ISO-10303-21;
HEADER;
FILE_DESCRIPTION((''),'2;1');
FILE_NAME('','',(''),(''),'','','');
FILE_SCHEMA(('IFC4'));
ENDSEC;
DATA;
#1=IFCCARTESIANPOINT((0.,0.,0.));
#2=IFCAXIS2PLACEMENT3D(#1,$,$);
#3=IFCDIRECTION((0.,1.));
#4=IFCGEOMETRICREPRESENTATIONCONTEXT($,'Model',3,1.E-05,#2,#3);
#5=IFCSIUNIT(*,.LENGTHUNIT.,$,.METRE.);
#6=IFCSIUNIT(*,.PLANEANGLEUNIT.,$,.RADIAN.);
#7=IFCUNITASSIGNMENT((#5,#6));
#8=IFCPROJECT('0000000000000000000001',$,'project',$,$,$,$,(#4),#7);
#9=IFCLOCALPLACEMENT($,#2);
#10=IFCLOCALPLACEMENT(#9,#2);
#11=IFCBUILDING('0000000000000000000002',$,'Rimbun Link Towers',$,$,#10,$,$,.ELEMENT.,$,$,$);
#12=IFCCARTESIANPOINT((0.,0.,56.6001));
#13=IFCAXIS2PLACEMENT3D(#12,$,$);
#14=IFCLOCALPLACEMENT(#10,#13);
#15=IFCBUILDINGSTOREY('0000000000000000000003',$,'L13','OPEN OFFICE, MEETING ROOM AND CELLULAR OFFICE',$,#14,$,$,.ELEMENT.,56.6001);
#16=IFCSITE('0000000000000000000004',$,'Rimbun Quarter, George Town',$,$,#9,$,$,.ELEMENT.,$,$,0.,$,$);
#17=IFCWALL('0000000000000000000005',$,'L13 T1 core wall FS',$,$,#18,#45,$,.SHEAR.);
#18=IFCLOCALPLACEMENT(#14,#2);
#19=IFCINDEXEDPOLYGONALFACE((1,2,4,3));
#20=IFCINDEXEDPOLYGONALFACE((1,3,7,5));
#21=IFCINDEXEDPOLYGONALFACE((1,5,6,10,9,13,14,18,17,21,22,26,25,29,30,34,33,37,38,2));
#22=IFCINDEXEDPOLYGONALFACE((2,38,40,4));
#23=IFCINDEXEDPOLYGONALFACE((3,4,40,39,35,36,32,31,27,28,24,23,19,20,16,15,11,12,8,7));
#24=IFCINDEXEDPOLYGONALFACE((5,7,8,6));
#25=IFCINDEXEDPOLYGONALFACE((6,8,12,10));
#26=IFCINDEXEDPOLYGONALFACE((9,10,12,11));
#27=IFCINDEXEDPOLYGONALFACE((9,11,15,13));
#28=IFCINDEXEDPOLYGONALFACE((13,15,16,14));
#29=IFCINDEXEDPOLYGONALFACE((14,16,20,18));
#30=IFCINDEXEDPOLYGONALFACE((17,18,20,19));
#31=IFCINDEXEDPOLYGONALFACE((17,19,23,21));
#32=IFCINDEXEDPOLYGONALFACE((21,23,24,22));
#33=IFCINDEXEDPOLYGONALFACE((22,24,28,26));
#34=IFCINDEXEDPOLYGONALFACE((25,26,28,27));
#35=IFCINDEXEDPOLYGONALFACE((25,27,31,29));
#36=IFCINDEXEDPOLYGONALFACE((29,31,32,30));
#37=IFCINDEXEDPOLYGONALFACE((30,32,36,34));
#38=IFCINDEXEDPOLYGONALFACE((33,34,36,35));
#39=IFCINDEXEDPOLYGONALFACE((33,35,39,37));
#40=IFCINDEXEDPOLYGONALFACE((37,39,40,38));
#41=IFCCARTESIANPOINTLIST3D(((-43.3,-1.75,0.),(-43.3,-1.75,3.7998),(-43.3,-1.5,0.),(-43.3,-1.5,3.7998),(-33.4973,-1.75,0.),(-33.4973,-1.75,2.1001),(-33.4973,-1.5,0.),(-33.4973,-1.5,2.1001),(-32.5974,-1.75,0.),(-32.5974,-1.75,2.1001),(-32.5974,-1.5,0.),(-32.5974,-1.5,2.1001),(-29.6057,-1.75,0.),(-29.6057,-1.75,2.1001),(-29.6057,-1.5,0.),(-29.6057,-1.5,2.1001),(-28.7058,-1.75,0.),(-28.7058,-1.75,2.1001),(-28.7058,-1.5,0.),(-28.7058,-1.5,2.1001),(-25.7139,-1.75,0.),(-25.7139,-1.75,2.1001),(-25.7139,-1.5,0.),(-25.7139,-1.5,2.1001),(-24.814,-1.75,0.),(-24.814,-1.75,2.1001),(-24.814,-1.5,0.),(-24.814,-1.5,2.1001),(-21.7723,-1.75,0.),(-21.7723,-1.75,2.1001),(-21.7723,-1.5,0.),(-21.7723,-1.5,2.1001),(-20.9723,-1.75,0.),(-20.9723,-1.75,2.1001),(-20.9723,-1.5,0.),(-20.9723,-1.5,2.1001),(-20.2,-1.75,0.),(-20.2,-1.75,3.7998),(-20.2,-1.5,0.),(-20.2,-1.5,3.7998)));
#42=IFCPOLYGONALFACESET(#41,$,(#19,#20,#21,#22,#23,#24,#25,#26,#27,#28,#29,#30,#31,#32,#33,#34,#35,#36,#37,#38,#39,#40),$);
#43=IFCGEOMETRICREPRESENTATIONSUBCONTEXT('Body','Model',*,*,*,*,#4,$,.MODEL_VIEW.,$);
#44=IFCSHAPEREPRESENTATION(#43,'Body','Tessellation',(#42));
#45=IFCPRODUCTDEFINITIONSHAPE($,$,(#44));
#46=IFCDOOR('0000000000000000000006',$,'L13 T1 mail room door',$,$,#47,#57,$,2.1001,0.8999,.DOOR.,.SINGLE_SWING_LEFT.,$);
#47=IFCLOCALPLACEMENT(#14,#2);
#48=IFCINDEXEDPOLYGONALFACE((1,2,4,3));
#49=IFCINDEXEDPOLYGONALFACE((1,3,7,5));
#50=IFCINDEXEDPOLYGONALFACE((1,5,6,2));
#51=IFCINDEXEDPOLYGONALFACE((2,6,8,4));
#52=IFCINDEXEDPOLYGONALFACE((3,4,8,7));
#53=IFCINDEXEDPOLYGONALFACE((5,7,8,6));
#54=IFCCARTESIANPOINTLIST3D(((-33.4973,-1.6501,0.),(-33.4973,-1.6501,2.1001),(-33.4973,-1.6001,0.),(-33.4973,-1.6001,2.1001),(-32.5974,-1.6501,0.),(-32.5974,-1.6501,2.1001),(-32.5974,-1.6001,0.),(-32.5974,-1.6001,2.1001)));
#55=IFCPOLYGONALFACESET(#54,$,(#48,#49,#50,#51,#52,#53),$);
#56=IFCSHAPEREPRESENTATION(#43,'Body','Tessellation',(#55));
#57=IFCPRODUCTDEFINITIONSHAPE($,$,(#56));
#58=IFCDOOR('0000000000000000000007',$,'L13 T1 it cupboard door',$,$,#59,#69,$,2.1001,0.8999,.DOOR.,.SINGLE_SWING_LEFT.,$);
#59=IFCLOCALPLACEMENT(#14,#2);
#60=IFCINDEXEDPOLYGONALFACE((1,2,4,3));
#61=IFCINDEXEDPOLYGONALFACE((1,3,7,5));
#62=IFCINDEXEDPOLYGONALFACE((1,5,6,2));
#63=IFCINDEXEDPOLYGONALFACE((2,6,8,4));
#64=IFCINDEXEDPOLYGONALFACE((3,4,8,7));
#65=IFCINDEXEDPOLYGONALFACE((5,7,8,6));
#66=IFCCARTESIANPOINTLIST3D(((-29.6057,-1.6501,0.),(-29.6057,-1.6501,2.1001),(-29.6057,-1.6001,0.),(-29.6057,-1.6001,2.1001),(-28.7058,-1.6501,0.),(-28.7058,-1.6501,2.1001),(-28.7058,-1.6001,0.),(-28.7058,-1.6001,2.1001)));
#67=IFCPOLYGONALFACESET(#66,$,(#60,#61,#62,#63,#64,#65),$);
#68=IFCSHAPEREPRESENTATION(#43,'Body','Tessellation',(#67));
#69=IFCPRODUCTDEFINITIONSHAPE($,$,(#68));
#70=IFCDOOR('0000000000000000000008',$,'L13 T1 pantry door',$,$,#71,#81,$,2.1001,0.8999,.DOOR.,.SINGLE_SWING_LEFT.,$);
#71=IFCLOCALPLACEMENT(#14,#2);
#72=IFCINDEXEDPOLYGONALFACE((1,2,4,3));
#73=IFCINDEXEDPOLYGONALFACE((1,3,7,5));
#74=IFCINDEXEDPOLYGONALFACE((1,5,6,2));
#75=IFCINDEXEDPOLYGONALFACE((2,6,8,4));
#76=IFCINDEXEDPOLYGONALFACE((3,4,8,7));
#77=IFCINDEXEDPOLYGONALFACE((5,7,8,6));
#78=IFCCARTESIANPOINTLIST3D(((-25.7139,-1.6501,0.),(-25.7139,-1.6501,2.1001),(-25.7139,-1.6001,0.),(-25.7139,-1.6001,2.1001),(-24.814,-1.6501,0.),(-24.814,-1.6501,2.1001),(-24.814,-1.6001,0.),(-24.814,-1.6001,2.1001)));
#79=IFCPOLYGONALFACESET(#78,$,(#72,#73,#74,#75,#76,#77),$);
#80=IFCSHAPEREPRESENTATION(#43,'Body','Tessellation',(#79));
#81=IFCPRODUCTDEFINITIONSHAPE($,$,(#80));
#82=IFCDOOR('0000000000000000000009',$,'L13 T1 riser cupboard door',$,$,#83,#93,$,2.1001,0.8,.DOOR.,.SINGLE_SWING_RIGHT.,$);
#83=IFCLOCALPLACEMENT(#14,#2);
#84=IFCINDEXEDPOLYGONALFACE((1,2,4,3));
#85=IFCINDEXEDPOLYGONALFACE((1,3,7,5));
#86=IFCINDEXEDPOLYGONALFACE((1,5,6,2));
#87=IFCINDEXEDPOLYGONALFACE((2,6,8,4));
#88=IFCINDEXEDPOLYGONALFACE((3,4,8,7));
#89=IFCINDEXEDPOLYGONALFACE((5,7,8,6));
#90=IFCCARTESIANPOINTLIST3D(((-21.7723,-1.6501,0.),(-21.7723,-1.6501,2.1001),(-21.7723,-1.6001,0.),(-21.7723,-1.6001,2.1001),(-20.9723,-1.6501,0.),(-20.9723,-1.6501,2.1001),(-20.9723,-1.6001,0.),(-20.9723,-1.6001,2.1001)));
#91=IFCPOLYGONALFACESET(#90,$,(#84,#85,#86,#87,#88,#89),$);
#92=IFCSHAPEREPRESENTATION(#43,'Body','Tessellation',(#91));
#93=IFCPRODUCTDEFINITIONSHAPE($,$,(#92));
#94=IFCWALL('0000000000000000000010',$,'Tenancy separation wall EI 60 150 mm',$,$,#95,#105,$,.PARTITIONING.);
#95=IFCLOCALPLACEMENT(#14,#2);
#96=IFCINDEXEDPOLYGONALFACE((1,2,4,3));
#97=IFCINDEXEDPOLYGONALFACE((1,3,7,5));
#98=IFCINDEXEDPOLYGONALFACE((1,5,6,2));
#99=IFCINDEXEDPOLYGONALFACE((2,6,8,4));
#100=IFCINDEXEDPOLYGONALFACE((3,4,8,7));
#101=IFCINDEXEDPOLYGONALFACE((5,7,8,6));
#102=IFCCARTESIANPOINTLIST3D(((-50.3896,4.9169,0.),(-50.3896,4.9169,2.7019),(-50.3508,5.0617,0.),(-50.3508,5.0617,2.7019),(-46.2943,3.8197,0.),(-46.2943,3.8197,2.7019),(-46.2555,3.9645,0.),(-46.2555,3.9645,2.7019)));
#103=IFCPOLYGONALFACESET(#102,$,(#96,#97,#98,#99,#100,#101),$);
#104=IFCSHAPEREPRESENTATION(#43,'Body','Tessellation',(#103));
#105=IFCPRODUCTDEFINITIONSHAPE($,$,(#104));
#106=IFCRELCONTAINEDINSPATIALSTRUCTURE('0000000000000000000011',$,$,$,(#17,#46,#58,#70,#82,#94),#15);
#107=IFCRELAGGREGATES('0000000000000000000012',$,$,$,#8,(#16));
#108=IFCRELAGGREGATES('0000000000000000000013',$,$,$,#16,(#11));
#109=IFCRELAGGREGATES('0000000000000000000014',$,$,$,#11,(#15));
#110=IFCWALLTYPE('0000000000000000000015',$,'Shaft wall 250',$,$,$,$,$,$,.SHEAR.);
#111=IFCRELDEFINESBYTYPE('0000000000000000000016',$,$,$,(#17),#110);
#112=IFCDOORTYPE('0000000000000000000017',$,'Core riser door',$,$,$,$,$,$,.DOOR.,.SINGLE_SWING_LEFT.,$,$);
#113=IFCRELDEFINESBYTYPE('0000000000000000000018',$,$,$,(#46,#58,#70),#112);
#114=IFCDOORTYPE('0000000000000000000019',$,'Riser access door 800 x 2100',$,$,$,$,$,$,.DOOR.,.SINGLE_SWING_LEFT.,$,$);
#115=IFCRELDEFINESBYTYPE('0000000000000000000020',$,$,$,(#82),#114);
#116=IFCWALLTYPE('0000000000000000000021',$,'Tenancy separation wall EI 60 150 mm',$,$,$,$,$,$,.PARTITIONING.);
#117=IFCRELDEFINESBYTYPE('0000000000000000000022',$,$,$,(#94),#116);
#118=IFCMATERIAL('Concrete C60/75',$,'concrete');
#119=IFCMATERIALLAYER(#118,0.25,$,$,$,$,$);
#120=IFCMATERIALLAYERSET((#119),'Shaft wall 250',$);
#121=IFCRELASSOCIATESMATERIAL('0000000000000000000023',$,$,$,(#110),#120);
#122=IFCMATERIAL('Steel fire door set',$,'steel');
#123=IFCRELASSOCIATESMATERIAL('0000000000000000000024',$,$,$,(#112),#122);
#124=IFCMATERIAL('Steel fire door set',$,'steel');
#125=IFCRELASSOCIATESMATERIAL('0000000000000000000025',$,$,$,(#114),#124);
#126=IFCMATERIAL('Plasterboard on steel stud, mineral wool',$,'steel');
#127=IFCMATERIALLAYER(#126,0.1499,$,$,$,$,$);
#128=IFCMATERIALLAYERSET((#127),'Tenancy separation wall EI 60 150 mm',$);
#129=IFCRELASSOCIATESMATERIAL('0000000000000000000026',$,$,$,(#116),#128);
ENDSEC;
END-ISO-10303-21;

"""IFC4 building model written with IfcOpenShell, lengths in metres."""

from ifc_helpers import new_model, si_unit, direction, frame, frame_2d, origin, place, context, subcontext, project, spatial, rectangle, extrude, material, layer, layer_set, type_object, element, fill, save


model = new_model("IFC4")

# Units and contexts
model_context = context("Model", 3, precision=1e-05, world=origin(), true_north=direction((0.0, 1.0)))
body_context = subcontext(model_context, "Body", "Model", "MODEL_VIEW")
ifc_project = project(units=[si_unit("LENGTHUNIT", "METRE"), si_unit("PLANEANGLEUNIT", "RADIAN")], contexts=[model_context])

# Site, building, storey
site_placement = place(None, origin())
site = spatial("IfcSite", under=ifc_project, at=site_placement, Name="Rimbun Quarter, George Town", CompositionType="ELEMENT", RefElevation=0.0)
building_placement = place(site_placement, origin())
building = spatial("IfcBuilding", under=site, at=building_placement, Name="Rimbun Link Towers", CompositionType="ELEMENT")
storey_placement = place(building_placement, frame((0.0, 0.0, 56.6001)))
storey = spatial("IfcBuildingStorey", under=building, at=storey_placement, Name="L13", Description="OPEN OFFICE, MEETING ROOM AND CELLULAR OFFICE", CompositionType="ELEMENT", Elevation=56.6001)

# Wall, openings, doors
ifc_material_1 = material(Name="Concrete C60/75", Category="concrete")
ifc_layer_1 = layer(ifc_material_1, 0.25)
ifc_layer_set_1 = layer_set([ifc_layer_1], Name="Shaft wall 250")
wall_type_1 = type_object("IfcWallType", Name="Shaft wall 250", PredefinedType="SHEAR", material=ifc_layer_set_1)
wall_1_placement = place(storey_placement, frame((-43.3, -1.625, 0.0), z_axis=(0.0, 0.0, 1.0), x_axis=(1.0, 0.0, 0.0)))
wall_1 = element("IfcWall", 1, at=wall_1_placement, inside=storey, type_object=wall_type_1, Name="L13 T1 core wall FS", PredefinedType="SHEAR", context=body_context, shape_type="SweptSolid", body=[
    extrude(rectangle(XDim=23.1001, YDim=0.25, at=frame_2d((11.55, 0.0))), origin(), (0.0, 0.0, 1.0), 3.7998),
])
opening_1_placement = place(wall_1_placement, frame((9.8027, 0.0, 0.0)))
opening_1 = element("IfcOpeningElement", 2, at=opening_1_placement, cuts=wall_1, PredefinedType="OPENING", context=body_context, shape_type="SweptSolid", body=[
    extrude(rectangle(XDim=0.8999, YDim=2.1001, at=frame_2d((0.45, 1.05))), frame((0.0, 0.135, 0.0), z_axis=(0.0, -1.0, 0.0), x_axis=(1.0, 0.0, 0.0)), (0.0, 0.0, 1.0), 0.27),
])
opening_2_placement = place(wall_1_placement, frame((13.6943, 0.0, 0.0)))
opening_2 = element("IfcOpeningElement", 3, at=opening_2_placement, cuts=wall_1, PredefinedType="OPENING", context=body_context, shape_type="SweptSolid", body=[
    extrude(rectangle(XDim=0.8999, YDim=2.1001, at=frame_2d((0.45, 1.05))), frame((0.0, 0.135, 0.0), z_axis=(0.0, -1.0, 0.0), x_axis=(1.0, 0.0, 0.0)), (0.0, 0.0, 1.0), 0.27),
])
opening_3_placement = place(wall_1_placement, frame((17.5862, 0.0, 0.0)))
opening_3 = element("IfcOpeningElement", 4, at=opening_3_placement, cuts=wall_1, PredefinedType="OPENING", context=body_context, shape_type="SweptSolid", body=[
    extrude(rectangle(XDim=0.8999, YDim=2.1001, at=frame_2d((0.45, 1.05))), frame((0.0, 0.135, 0.0), z_axis=(0.0, -1.0, 0.0), x_axis=(1.0, 0.0, 0.0)), (0.0, 0.0, 1.0), 0.27),
])
opening_4_placement = place(wall_1_placement, frame((21.5278, 0.0, 0.0)))
opening_4 = element("IfcOpeningElement", 5, at=opening_4_placement, cuts=wall_1, PredefinedType="OPENING", context=body_context, shape_type="SweptSolid", body=[
    extrude(rectangle(XDim=0.8, YDim=2.1001, at=frame_2d((0.3999, 1.05))), frame((0.0, 0.135, 0.0), z_axis=(0.0, -1.0, 0.0), x_axis=(1.0, 0.0, 0.0)), (0.0, 0.0, 1.0), 0.27),
])
ifc_material_2 = material(Name="Steel fire door set", Category="steel")
door_type_1 = type_object("IfcDoorType", Name="Core riser door", OperationType="SINGLE_SWING_LEFT", PredefinedType="DOOR", material=ifc_material_2)
door_1_placement = place(opening_1_placement, origin())
door_1 = element("IfcDoor", 6, at=door_1_placement, inside=storey, type_object=door_type_1, Name="L13 T1 mail room door", OperationType="SINGLE_SWING_LEFT", OverallHeight=2.1001, OverallWidth=0.8999, PredefinedType="DOOR", context=body_context, shape_type="SweptSolid", body=[
    extrude(rectangle(XDim=0.8999, YDim=2.1001, at=frame_2d((0.45, 1.05))), frame((0.0, 0.0249, 0.0), z_axis=(0.0, -1.0, 0.0), x_axis=(1.0, 0.0, 0.0)), (0.0, 0.0, 1.0), 0.05),
])
fill(opening_1, door_1)
door_2_placement = place(opening_2_placement, origin())
door_2 = element("IfcDoor", 7, at=door_2_placement, inside=storey, type_object=door_type_1, Name="L13 T1 it cupboard door", OperationType="SINGLE_SWING_LEFT", OverallHeight=2.1001, OverallWidth=0.8999, PredefinedType="DOOR", context=body_context, shape_type="SweptSolid", body=[
    extrude(rectangle(XDim=0.8999, YDim=2.1001, at=frame_2d((0.45, 1.05))), frame((0.0, 0.0249, 0.0), z_axis=(0.0, -1.0, 0.0), x_axis=(1.0, 0.0, 0.0)), (0.0, 0.0, 1.0), 0.05),
])
fill(opening_2, door_2)
door_3_placement = place(opening_3_placement, origin())
door_3 = element("IfcDoor", 8, at=door_3_placement, inside=storey, type_object=door_type_1, Name="L13 T1 pantry door", OperationType="SINGLE_SWING_LEFT", OverallHeight=2.1001, OverallWidth=0.8999, PredefinedType="DOOR", context=body_context, shape_type="SweptSolid", body=[
    extrude(rectangle(XDim=0.8999, YDim=2.1001, at=frame_2d((0.45, 1.05))), frame((0.0, 0.0249, 0.0), z_axis=(0.0, -1.0, 0.0), x_axis=(1.0, 0.0, 0.0)), (0.0, 0.0, 1.0), 0.05),
])
fill(opening_3, door_3)
ifc_material_3 = material(Name="Steel fire door set", Category="steel")
door_type_2 = type_object("IfcDoorType", Name="Riser access door 800 x 2100", OperationType="SINGLE_SWING_LEFT", PredefinedType="DOOR", material=ifc_material_3)
door_4_placement = place(opening_4_placement, origin())
door_4 = element("IfcDoor", 9, at=door_4_placement, inside=storey, type_object=door_type_2, Name="L13 T1 riser cupboard door", OperationType="SINGLE_SWING_RIGHT", OverallHeight=2.1001, OverallWidth=0.8, PredefinedType="DOOR", context=body_context, shape_type="SweptSolid", body=[
    extrude(rectangle(XDim=0.8, YDim=2.1001, at=frame_2d((0.3999, 1.05))), frame((0.0, 0.0249, 0.0), z_axis=(0.0, -1.0, 0.0), x_axis=(1.0, 0.0, 0.0)), (0.0, 0.0, 1.0), 0.05),
])
fill(opening_4, door_4)

# Wall
ifc_material_4 = material(Name="Plasterboard on steel stud, mineral wool", Category="steel")
ifc_layer_2 = layer(ifc_material_4, 0.1499)
ifc_layer_set_2 = layer_set([ifc_layer_2], Name="Tenancy separation wall EI 60 150 mm")
wall_type_2 = type_object("IfcWallType", Name="Tenancy separation wall EI 60 150 mm", PredefinedType="PARTITIONING", material=ifc_layer_set_2)
wall_2_placement = place(storey_placement, frame((-46.2749, 3.8921, 0.0), z_axis=(0.0, 0.0, 1.0), x_axis=(-0.965934, 0.258788, 0.0)))
element("IfcWall", 10, at=wall_2_placement, inside=storey, type_object=wall_type_2, Name="Tenancy separation wall EI 60 150 mm", PredefinedType="PARTITIONING", context=body_context, shape_type="SweptSolid", body=[
    extrude(rectangle(XDim=4.2397, YDim=0.1499, at=frame_2d((2.1199, 0.0))), origin(), (0.0, 0.0, 1.0), 2.7019),
])

save(model, "model.ifc")
